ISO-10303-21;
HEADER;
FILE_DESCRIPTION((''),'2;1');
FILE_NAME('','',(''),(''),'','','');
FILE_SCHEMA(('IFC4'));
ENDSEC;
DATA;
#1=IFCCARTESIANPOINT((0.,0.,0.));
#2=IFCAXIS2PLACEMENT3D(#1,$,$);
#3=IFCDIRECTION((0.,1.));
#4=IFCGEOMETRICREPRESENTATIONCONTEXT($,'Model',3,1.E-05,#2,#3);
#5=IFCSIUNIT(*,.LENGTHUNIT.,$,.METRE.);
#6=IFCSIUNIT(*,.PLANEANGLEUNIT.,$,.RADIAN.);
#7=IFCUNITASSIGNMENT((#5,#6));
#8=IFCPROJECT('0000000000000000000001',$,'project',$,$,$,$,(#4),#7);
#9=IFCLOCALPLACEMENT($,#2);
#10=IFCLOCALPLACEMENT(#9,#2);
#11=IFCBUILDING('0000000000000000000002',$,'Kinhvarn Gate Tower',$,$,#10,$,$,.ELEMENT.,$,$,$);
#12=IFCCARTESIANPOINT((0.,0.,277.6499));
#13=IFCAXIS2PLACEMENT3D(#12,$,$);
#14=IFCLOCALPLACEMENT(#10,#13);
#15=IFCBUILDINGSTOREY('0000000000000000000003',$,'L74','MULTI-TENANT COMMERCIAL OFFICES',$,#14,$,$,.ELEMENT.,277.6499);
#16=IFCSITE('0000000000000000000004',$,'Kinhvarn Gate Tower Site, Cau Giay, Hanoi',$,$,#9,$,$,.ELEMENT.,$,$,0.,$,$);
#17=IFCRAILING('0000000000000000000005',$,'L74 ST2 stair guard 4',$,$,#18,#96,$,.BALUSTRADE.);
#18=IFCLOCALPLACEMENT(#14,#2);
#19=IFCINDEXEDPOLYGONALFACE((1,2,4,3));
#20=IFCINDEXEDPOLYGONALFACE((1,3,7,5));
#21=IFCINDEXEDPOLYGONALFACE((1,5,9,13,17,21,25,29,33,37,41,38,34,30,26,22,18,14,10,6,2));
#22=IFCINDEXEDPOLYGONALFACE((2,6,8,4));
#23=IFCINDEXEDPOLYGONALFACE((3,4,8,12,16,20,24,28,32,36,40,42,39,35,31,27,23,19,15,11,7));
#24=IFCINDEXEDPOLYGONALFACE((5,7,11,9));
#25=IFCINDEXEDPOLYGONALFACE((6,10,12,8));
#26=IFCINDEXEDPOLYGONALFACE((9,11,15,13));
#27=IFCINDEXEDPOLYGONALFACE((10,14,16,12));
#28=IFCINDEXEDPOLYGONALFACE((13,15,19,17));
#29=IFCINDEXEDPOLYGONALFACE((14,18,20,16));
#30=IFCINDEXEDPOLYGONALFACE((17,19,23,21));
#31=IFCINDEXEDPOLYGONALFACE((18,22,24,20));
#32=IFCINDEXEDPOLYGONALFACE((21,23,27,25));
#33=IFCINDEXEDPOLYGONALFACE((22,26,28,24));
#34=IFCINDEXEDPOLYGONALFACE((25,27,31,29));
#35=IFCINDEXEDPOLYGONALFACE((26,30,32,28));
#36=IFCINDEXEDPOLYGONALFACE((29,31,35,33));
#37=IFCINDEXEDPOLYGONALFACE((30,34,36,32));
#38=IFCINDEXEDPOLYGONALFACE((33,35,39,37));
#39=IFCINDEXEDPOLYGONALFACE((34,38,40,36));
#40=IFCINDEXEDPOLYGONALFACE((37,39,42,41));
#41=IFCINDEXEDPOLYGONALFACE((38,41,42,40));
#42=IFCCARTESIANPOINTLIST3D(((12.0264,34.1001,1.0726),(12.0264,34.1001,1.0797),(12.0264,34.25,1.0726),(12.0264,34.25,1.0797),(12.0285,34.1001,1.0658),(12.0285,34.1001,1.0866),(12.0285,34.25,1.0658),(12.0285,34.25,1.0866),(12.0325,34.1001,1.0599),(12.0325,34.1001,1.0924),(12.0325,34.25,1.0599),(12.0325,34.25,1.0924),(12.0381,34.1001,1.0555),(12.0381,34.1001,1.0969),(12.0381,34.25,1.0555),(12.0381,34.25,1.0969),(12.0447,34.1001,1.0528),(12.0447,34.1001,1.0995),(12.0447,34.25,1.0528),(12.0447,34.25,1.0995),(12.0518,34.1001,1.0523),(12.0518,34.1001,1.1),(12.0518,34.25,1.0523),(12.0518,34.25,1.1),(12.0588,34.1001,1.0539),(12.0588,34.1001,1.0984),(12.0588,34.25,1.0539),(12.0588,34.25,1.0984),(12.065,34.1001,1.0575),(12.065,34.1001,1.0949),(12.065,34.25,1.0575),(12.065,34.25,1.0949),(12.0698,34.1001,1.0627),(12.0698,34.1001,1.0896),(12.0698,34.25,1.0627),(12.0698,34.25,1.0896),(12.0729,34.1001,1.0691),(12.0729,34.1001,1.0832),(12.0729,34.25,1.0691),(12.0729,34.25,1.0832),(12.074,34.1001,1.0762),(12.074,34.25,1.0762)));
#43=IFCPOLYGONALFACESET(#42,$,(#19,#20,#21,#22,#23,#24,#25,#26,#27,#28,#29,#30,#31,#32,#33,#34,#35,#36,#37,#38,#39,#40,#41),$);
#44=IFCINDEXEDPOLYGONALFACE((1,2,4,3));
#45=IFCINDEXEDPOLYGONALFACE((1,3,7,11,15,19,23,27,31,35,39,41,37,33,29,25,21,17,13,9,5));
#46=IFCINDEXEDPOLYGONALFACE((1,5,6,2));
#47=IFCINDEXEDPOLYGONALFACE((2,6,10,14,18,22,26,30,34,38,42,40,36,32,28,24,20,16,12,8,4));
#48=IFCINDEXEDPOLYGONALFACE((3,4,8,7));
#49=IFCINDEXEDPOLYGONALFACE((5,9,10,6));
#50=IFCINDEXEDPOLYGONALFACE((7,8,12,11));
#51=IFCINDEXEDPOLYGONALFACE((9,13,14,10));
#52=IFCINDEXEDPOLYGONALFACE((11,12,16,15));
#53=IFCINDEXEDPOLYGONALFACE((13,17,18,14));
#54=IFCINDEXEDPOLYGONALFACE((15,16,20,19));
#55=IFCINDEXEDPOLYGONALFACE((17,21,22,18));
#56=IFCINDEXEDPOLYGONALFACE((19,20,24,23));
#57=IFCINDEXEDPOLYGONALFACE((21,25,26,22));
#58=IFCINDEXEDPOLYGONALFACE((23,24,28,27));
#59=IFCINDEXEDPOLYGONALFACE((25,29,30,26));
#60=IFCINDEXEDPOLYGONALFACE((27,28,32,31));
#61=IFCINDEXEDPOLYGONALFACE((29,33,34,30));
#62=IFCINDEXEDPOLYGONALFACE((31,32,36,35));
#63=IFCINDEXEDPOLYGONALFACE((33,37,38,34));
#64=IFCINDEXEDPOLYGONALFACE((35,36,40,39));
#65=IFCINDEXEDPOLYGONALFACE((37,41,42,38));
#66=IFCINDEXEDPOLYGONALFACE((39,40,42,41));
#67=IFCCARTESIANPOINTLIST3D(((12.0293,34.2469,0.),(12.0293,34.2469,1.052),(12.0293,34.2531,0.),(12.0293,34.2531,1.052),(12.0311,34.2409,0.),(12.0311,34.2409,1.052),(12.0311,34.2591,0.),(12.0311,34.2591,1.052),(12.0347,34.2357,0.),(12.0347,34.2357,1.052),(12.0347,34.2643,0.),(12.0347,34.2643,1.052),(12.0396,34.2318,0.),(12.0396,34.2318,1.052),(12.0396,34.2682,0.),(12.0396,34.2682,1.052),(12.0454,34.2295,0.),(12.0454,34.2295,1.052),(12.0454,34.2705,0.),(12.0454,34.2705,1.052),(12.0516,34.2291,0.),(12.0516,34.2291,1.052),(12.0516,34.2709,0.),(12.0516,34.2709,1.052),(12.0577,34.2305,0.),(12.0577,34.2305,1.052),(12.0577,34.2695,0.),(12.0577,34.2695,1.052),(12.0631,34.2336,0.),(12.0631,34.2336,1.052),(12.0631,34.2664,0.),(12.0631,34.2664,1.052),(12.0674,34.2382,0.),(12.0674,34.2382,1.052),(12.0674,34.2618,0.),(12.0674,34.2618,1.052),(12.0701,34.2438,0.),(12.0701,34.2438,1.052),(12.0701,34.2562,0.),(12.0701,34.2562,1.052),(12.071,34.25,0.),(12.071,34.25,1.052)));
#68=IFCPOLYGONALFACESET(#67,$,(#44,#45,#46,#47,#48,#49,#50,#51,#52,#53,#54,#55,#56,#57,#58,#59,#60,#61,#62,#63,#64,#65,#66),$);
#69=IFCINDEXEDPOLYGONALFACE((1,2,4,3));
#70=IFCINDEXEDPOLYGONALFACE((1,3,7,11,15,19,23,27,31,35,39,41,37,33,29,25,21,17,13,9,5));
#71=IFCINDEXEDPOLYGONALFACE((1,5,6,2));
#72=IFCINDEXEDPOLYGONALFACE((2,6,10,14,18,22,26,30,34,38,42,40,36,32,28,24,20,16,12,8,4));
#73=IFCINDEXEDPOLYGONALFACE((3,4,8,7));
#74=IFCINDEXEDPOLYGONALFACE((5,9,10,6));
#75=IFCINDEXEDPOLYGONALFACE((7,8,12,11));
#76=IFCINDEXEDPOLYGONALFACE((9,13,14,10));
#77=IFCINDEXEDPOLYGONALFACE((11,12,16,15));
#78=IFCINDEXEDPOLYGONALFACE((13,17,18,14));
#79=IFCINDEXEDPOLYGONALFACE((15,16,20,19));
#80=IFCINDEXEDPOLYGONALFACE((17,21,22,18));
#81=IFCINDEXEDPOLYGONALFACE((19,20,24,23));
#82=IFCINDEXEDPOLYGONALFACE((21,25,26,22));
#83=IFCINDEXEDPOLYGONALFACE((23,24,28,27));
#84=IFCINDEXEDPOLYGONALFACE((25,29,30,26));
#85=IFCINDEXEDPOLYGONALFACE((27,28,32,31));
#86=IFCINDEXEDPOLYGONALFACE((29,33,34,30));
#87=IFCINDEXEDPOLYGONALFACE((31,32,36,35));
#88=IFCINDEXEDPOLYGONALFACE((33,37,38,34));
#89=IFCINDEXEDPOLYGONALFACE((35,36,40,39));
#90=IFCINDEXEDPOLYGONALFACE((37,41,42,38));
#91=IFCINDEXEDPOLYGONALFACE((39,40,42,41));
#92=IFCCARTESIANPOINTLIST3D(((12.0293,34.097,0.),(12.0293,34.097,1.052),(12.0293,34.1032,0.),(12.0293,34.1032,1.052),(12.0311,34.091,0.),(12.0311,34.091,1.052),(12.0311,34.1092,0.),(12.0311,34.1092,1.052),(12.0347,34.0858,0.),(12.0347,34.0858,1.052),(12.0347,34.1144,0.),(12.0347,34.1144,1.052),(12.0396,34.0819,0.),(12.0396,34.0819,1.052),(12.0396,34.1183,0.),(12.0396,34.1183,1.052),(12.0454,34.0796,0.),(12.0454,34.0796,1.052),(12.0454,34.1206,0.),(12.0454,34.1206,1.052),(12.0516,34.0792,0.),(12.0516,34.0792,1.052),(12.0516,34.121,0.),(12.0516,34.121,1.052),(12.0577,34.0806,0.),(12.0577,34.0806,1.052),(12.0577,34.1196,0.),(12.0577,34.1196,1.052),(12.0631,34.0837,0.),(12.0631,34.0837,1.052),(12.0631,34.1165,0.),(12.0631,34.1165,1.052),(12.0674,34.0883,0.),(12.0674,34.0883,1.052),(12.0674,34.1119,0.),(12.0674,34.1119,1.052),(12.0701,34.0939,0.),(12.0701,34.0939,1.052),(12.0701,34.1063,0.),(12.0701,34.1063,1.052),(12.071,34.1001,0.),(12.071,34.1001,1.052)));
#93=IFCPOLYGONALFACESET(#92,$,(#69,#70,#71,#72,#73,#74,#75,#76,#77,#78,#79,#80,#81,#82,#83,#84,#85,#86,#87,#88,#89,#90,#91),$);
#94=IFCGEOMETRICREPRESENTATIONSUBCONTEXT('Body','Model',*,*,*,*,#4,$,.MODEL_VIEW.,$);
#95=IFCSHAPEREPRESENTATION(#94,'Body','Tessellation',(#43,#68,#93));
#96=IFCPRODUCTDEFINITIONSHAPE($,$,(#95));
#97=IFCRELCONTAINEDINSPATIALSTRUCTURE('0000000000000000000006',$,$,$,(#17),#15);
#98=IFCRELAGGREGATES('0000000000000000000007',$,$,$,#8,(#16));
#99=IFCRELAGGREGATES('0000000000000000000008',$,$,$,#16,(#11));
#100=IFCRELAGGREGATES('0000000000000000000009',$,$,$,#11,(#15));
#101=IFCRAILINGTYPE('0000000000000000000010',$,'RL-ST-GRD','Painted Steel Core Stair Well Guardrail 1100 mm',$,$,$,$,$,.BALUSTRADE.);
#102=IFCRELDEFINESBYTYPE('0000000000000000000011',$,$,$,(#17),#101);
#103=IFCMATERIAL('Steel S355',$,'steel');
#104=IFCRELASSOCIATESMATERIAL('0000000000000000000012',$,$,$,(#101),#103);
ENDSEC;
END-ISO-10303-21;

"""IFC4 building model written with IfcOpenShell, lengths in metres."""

from ifc_helpers import new_model, si_unit, direction, frame, origin, origin_2d, place, context, subcontext, project, spatial, circle, extrude, material, type_object, element, save


model = new_model("IFC4")

# Units and contexts
model_context = context("Model", 3, precision=1e-05, world=origin(), true_north=direction((0.0, 1.0)))
body_context = subcontext(model_context, "Body", "Model", "MODEL_VIEW")
ifc_project = project(units=[si_unit("LENGTHUNIT", "METRE"), si_unit("PLANEANGLEUNIT", "RADIAN")], contexts=[model_context])

# Site, building, storey
site_placement = place(None, origin())
site = spatial("IfcSite", under=ifc_project, at=site_placement, Name="Kinhvarn Gate Tower Site, Cau Giay, Hanoi", CompositionType="ELEMENT", RefElevation=0.0)
building_placement = place(site_placement, origin())
building = spatial("IfcBuilding", under=site, at=building_placement, Name="Kinhvarn Gate Tower", CompositionType="ELEMENT")
storey_placement = place(building_placement, frame((0.0, 0.0, 277.6499)))
storey = spatial("IfcBuildingStorey", under=building, at=storey_placement, Name="L74", Description="MULTI-TENANT COMMERCIAL OFFICES", CompositionType="ELEMENT", Elevation=277.6499)

# Railing
ifc_material_1 = material(Name="Steel S355", Category="steel")
railing_type_1 = type_object("IfcRailingType", Name="RL-ST-GRD", Description="Painted Steel Core Stair Well Guardrail 1100 mm", PredefinedType="BALUSTRADE", material=ifc_material_1)
railing_1_placement = place(storey_placement, frame((12.05, 34.25, 0.0)))
element("IfcRailing", 1, at=railing_1_placement, inside=storey, type_object=railing_type_1, Name="L74 ST2 stair guard 4", PredefinedType="BALUSTRADE", context=body_context, shape_type="SweptSolid", body=[
    extrude(circle(Radius=0.0239, at=origin_2d()), frame((0.0, 0.0, 1.0762), z_axis=(0.0, -1.0, 0.0), x_axis=(1.0, 0.0, 0.0)), (0.0, 0.0, 1.0), 0.1499),
    extrude(circle(Radius=0.021, at=origin_2d()), origin(), (0.0, 0.0, 1.0), 1.052),
    extrude(circle(Radius=0.021, at=origin_2d()), frame((0.0, -0.1499, 0.0)), (0.0, 0.0, 1.0), 1.052),
])

save(model, "model.ifc")
